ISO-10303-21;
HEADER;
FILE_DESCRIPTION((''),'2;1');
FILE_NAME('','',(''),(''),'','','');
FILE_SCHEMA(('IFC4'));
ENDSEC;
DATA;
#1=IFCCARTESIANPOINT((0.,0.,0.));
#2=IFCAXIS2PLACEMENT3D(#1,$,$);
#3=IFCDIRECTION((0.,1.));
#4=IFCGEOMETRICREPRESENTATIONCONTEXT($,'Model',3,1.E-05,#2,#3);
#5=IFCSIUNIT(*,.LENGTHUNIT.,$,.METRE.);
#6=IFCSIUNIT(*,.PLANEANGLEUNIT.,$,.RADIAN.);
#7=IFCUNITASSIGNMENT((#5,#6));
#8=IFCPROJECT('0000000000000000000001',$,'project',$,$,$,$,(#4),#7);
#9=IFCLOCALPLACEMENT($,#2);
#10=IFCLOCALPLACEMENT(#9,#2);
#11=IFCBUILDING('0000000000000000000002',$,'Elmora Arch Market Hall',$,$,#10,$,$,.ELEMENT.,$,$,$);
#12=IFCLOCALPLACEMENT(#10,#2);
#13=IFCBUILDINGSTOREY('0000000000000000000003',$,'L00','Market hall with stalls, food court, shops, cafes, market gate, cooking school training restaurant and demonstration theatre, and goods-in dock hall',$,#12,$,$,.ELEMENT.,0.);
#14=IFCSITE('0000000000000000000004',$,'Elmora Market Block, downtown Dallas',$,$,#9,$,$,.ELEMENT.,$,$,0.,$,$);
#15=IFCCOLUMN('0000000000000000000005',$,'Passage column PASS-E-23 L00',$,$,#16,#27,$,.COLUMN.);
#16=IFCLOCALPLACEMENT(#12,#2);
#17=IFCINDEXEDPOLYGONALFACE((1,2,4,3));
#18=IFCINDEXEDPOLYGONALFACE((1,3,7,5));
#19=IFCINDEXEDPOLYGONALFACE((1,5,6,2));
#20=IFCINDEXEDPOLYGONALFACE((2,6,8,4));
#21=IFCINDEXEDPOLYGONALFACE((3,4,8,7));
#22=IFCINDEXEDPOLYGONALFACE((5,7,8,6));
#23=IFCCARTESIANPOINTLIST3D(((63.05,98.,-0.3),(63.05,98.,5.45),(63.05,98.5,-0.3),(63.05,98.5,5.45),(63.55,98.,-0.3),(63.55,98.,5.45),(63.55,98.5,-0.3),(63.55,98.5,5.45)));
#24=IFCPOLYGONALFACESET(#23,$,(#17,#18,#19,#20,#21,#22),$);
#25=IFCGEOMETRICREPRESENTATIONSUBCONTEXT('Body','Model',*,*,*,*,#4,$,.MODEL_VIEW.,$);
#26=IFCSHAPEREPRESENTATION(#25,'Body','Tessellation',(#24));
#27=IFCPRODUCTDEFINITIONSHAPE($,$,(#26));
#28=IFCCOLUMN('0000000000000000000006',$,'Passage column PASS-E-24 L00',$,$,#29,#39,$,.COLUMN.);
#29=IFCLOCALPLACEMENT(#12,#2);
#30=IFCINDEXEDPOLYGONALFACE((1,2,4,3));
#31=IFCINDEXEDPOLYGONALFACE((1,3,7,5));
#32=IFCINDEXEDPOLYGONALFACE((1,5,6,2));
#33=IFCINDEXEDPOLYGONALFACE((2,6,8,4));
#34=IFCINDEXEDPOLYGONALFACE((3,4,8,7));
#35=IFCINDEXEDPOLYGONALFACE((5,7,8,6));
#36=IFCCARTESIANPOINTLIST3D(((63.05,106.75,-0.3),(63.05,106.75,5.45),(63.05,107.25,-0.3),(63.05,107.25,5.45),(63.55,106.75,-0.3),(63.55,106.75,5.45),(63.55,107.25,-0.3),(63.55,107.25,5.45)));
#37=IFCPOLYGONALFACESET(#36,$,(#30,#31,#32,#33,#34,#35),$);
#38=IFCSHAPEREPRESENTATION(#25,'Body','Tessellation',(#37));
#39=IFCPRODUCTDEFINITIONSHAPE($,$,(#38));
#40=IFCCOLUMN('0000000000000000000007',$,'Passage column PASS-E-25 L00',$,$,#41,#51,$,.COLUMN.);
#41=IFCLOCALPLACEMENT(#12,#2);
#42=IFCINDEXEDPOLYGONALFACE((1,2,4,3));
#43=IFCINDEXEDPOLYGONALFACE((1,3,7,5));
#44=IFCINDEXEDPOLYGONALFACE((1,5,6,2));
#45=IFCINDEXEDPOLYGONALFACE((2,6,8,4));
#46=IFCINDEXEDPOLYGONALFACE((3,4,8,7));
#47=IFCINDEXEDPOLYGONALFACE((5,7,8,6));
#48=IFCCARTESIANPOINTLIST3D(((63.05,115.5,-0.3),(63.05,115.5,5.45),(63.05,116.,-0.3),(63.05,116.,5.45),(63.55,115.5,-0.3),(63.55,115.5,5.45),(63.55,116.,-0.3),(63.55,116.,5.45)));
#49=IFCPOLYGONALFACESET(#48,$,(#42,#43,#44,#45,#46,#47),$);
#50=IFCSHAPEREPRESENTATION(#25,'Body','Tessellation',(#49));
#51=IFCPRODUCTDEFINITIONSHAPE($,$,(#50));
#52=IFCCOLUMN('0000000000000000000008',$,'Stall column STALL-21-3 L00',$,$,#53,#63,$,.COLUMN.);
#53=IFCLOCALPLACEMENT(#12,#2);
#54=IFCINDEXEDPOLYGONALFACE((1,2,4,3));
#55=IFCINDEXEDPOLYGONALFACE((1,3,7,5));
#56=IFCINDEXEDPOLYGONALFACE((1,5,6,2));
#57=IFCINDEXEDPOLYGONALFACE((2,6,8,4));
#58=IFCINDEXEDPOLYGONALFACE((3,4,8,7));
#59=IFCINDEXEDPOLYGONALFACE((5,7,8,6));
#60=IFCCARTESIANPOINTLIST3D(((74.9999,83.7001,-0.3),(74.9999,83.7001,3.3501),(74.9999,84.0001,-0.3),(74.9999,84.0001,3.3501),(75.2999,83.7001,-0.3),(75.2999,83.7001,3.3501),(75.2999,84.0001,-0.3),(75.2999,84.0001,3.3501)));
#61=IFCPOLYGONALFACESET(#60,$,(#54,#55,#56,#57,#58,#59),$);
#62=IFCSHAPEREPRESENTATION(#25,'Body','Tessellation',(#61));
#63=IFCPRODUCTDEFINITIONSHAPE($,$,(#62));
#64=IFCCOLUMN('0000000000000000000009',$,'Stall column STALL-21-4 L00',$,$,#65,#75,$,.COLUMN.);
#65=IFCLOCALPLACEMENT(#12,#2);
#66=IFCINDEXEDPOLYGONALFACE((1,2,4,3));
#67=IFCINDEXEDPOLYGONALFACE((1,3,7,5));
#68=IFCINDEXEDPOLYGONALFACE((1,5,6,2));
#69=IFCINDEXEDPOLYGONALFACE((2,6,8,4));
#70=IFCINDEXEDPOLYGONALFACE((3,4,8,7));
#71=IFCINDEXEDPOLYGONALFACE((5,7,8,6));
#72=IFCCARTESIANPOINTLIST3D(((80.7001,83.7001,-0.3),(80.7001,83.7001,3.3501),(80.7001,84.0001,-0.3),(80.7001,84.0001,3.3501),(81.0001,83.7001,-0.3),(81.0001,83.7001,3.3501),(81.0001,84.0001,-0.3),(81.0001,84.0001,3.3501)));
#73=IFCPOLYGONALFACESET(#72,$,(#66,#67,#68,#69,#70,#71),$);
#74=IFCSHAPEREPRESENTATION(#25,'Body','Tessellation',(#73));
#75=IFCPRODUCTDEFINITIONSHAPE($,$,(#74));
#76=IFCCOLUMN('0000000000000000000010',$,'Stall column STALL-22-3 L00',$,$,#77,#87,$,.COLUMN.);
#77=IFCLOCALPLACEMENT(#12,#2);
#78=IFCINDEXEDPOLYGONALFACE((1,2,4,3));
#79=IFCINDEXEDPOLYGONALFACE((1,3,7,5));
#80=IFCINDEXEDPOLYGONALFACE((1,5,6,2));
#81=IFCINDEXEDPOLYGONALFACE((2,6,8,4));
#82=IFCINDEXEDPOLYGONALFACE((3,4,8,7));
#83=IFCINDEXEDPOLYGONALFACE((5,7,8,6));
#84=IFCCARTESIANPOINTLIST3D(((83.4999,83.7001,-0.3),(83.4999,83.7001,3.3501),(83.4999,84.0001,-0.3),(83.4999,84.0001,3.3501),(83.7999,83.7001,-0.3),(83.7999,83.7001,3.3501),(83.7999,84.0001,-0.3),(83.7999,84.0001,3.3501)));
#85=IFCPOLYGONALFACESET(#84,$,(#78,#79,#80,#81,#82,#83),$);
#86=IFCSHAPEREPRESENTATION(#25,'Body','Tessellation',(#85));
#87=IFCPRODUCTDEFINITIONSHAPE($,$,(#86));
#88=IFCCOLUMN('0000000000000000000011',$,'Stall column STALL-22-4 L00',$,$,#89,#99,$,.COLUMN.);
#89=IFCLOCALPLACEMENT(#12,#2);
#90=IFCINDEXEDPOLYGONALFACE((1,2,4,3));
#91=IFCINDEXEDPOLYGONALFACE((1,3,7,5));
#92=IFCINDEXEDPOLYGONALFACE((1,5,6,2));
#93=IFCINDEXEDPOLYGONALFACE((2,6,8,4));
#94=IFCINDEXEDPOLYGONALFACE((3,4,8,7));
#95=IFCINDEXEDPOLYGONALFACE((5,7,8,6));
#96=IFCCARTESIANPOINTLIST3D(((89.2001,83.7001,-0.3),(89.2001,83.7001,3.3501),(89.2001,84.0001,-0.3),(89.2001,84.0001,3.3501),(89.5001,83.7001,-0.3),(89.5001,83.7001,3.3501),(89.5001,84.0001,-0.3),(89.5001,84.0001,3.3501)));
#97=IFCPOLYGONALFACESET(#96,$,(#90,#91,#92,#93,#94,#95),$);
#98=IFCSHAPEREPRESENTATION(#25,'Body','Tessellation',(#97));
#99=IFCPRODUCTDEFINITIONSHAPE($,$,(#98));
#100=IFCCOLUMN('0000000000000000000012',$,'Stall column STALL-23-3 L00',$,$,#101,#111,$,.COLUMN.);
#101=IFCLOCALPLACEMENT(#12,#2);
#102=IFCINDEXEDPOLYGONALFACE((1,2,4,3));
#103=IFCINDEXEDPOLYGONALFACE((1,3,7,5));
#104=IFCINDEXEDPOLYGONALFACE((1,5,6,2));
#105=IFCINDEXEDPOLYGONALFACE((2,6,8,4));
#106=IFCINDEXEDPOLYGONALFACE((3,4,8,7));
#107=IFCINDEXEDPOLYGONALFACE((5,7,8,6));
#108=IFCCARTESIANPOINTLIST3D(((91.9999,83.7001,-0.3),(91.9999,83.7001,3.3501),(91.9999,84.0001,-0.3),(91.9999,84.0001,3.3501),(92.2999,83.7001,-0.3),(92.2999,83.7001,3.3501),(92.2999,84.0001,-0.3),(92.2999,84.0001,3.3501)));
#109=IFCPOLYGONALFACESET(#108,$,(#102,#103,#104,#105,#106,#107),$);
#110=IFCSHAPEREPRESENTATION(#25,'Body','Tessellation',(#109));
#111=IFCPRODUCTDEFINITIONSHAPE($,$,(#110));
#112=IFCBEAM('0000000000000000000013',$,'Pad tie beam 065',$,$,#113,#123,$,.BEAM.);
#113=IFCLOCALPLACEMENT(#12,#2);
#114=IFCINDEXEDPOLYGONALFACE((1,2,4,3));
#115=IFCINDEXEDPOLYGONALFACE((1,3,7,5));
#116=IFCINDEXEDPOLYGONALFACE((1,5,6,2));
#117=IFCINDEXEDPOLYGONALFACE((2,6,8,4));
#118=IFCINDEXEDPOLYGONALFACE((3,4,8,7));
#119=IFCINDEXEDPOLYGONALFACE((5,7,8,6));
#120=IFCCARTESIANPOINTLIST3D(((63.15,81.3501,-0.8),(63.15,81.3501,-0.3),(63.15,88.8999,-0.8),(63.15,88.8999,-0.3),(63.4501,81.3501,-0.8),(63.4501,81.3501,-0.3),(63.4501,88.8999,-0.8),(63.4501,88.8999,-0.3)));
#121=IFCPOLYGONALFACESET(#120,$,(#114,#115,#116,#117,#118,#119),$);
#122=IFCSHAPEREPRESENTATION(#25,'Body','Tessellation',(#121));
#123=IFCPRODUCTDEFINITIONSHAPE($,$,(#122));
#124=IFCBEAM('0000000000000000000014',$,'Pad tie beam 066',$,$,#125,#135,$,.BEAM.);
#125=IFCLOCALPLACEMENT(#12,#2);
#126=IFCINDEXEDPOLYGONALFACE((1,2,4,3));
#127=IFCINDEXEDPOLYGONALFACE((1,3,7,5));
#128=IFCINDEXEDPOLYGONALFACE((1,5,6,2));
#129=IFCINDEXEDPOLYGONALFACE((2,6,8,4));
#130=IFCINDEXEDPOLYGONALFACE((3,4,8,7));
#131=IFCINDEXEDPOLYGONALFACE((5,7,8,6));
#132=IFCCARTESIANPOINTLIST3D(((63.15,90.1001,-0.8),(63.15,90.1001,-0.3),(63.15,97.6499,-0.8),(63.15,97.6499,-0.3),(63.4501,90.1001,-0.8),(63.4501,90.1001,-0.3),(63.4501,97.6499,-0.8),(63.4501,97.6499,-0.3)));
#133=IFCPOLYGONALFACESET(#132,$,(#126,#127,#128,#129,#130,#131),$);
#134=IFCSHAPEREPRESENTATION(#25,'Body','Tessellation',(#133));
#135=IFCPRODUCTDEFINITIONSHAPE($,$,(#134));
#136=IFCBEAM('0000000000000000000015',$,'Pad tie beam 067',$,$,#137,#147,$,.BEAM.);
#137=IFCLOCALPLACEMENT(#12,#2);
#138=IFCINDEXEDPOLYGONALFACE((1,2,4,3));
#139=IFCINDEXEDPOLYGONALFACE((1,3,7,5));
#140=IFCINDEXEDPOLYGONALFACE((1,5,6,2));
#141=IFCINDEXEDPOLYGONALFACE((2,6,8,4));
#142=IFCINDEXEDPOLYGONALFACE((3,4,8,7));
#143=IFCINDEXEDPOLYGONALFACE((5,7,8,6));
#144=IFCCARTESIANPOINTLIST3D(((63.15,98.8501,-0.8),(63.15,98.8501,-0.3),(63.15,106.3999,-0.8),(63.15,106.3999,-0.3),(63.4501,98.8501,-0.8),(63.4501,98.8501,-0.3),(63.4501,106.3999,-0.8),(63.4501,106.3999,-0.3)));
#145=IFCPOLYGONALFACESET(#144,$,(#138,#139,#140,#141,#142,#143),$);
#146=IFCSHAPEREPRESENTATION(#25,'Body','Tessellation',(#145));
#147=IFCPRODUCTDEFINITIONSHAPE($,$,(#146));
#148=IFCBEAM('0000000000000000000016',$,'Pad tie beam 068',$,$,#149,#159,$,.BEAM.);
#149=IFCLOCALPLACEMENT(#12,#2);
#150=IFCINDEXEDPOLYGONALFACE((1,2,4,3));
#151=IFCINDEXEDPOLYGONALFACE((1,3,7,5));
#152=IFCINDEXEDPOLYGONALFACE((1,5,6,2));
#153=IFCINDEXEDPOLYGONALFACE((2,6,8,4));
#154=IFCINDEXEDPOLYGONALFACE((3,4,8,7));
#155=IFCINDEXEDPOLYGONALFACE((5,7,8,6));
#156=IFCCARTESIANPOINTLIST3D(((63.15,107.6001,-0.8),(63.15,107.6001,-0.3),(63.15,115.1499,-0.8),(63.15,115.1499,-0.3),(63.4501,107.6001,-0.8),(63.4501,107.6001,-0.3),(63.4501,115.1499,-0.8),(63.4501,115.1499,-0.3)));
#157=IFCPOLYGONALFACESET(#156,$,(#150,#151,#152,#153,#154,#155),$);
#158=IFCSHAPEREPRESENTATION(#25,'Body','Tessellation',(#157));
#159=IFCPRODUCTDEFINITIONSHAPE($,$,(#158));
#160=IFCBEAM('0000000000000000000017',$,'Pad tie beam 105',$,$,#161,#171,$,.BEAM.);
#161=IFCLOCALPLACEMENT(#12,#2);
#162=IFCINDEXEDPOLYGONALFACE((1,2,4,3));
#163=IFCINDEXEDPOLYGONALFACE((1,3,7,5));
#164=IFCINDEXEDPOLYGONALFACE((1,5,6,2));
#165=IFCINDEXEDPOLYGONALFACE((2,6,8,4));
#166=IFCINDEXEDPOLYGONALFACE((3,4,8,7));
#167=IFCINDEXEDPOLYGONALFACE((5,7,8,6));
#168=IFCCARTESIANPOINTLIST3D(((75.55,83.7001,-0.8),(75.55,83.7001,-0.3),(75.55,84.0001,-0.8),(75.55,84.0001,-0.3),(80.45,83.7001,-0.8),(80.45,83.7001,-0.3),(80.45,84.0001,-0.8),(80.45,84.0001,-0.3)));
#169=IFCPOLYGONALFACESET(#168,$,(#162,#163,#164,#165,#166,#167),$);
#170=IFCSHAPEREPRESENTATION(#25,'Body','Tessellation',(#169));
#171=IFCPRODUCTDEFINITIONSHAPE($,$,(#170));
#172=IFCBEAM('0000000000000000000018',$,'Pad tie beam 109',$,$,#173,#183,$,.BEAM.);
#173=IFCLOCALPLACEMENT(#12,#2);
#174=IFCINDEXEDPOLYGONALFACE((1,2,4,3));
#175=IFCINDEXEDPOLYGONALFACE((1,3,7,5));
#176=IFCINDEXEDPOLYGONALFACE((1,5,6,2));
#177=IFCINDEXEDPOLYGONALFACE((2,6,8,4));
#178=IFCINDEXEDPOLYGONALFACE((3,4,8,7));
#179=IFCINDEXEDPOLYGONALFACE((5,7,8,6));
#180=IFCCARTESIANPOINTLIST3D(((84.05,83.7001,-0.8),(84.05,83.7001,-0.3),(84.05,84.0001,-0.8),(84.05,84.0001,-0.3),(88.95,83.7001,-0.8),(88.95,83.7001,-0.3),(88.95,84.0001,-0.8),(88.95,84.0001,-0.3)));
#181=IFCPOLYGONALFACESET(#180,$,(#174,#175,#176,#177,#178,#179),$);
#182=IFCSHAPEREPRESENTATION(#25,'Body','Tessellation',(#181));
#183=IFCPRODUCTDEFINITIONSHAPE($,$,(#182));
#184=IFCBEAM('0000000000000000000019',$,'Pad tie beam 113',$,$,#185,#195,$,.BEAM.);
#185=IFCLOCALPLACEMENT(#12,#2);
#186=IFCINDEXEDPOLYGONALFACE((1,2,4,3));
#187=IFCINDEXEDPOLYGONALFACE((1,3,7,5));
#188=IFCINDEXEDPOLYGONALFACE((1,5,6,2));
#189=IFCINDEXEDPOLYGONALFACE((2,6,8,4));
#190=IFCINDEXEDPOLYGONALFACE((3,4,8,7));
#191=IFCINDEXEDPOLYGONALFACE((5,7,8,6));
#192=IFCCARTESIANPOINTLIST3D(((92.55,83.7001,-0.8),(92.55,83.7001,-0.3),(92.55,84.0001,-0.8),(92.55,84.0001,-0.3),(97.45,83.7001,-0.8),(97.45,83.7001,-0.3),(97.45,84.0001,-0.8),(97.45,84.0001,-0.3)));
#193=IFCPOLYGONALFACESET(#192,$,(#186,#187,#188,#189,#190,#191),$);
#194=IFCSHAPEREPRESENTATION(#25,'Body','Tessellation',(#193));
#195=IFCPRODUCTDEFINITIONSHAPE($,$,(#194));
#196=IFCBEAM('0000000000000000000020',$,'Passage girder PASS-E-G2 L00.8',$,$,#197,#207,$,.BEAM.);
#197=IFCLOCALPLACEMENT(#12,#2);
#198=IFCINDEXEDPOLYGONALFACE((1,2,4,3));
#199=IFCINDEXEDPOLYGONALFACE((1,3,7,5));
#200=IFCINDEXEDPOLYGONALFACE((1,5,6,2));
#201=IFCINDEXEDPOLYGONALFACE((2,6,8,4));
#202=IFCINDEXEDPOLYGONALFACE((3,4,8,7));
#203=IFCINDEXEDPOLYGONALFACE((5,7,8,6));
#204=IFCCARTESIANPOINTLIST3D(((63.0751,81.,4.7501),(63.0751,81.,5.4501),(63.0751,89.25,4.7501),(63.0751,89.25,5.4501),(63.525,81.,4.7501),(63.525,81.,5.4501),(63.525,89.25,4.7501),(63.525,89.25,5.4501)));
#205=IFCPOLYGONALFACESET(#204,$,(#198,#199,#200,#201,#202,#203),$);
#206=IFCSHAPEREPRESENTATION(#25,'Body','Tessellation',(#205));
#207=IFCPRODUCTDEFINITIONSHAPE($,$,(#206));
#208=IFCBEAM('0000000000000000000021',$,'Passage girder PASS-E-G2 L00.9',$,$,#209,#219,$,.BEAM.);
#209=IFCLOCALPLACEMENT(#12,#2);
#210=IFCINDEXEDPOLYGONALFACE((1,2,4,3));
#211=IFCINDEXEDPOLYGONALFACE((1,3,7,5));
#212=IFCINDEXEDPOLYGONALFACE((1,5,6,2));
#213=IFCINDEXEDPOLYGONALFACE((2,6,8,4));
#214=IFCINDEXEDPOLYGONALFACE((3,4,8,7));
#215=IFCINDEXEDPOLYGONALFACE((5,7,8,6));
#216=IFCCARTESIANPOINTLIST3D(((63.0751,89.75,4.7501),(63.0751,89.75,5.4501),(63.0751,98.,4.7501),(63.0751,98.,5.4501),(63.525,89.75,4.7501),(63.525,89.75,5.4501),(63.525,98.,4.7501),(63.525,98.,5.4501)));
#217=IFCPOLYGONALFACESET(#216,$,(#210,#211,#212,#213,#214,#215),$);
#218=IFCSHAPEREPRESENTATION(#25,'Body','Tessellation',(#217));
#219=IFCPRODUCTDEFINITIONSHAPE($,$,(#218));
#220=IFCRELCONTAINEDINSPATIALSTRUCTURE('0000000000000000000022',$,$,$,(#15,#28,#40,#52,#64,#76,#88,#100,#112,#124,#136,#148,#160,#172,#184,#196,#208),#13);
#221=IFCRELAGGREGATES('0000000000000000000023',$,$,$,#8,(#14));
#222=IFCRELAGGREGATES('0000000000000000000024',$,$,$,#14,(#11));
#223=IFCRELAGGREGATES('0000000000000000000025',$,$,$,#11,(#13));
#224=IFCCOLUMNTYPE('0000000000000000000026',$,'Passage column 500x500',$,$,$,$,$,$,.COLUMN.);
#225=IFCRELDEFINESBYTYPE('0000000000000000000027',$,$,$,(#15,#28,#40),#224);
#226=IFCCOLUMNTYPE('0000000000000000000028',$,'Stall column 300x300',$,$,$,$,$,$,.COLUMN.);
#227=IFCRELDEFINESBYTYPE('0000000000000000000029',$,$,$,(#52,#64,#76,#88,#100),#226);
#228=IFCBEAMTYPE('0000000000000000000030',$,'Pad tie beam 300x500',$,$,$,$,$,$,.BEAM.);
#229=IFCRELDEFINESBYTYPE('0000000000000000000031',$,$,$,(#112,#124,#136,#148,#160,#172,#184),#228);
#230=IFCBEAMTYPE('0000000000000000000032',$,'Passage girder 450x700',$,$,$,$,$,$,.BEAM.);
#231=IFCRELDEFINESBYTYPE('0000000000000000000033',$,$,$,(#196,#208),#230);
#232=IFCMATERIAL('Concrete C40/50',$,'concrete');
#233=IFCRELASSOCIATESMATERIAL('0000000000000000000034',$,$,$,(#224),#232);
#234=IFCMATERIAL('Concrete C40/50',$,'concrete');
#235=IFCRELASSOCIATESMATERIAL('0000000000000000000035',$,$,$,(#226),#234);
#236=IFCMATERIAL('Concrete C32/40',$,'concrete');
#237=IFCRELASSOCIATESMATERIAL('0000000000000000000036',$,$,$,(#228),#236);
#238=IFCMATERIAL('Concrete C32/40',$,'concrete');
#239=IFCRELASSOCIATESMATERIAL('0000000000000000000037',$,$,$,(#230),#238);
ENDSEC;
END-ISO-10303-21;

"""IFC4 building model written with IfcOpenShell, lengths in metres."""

from ifc_helpers import new_model, si_unit, direction, frame, origin, origin_2d, place, context, subcontext, project, spatial, rectangle, extrude, material, material_profile, profile_set, type_object, element, save


model = new_model("IFC4")

# Units and contexts
model_context = context("Model", 3, precision=1e-05, world=origin(), true_north=direction((0.0, 1.0)))
body_context = subcontext(model_context, "Body", "Model", "MODEL_VIEW")
ifc_project = project(units=[si_unit("LENGTHUNIT", "METRE"), si_unit("PLANEANGLEUNIT", "RADIAN")], contexts=[model_context])

# Site, building, storey
site_placement = place(None, origin())
site = spatial("IfcSite", under=ifc_project, at=site_placement, Name="Elmora Market Block, downtown Dallas", CompositionType="ELEMENT", RefElevation=0.0)
building_placement = place(site_placement, origin())
building = spatial("IfcBuilding", under=site, at=building_placement, Name="Elmora Arch Market Hall", CompositionType="ELEMENT")
storey_placement = place(building_placement, origin())
storey = spatial("IfcBuildingStorey", under=building, at=storey_placement, Name="L00", Description="Market hall with stalls, food court, shops, cafes, market gate, cooking school training restaurant and demonstration theatre, and goods-in dock hall", CompositionType="ELEMENT", Elevation=0.0)

# Columns
ifc_material_1 = material(Name="Concrete C40/50", Category="concrete")
ifc_material_profile_1 = material_profile(ifc_material_1, rectangle(XDim=0.5, YDim=0.5, at=origin_2d()), Name="Passage column 500x500")
ifc_profile_set_1 = profile_set([ifc_material_profile_1], Name="Concrete C40/50")
column_type_1 = type_object("IfcColumnType", Name="Passage column 500x500", PredefinedType="COLUMN", material=ifc_profile_set_1)
for number, where, z_axis, x_axis, name in (
    (1, (63.3, 98.25, -0.3), (0.0, 0.0, 1.0), (1.0, 0.0, 0.0), "Passage column PASS-E-23 L00"),
    (2, (63.3, 107.0, -0.3), (0.0, 0.0, 1.0), (1.0, 0.0, 0.0), "Passage column PASS-E-24 L00"),
    (3, (63.3, 115.75, -0.3), (0.0, 0.0, 1.0), (1.0, 0.0, 0.0), "Passage column PASS-E-25 L00"),
):
    element("IfcColumn", number, at=place(storey_placement, frame(where, z_axis=z_axis, x_axis=x_axis)), inside=storey, type_object=column_type_1, Name=name, PredefinedType="COLUMN", context=body_context, shape_type="SweptSolid", body=[
        extrude(rectangle(XDim=0.5, YDim=0.5, at=origin_2d()), origin(), (0.0, 0.0, 1.0), 5.75),
    ])
ifc_material_2 = material(Name="Concrete C40/50", Category="concrete")
ifc_material_profile_2 = material_profile(ifc_material_2, rectangle(XDim=0.3, YDim=0.3, at=origin_2d()), Name="Stall column 300x300")
ifc_profile_set_2 = profile_set([ifc_material_profile_2], Name="Concrete C40/50")
column_type_2 = type_object("IfcColumnType", Name="Stall column 300x300", PredefinedType="COLUMN", material=ifc_profile_set_2)
for number, where, z_axis, x_axis, name in (
    (4, (75.1499, 83.8501, -0.3), (0.0, 0.0, 1.0), (1.0, 0.0, 0.0), "Stall column STALL-21-3 L00"),
    (5, (80.8501, 83.8501, -0.3), (0.0, 0.0, 1.0), (1.0, 0.0, 0.0), "Stall column STALL-21-4 L00"),
    (6, (83.6499, 83.8501, -0.3), (0.0, 0.0, 1.0), (1.0, 0.0, 0.0), "Stall column STALL-22-3 L00"),
    (7, (89.3501, 83.8501, -0.3), (0.0, 0.0, 1.0), (1.0, 0.0, 0.0), "Stall column STALL-22-4 L00"),
    (8, (92.1499, 83.8501, -0.3), (0.0, 0.0, 1.0), (1.0, 0.0, 0.0), "Stall column STALL-23-3 L00"),
):
    element("IfcColumn", number, at=place(storey_placement, frame(where, z_axis=z_axis, x_axis=x_axis)), inside=storey, type_object=column_type_2, Name=name, PredefinedType="COLUMN", context=body_context, shape_type="SweptSolid", body=[
        extrude(rectangle(XDim=0.3, YDim=0.3, at=origin_2d()), origin(), (0.0, 0.0, 1.0), 3.6501),
    ])

# Beams
ifc_material_3 = material(Name="Concrete C32/40", Category="concrete")
ifc_material_profile_3 = material_profile(ifc_material_3, rectangle(XDim=0.3, YDim=0.5, at=origin_2d()), Name="Pad tie beam 300x500")
ifc_profile_set_3 = profile_set([ifc_material_profile_3], Name="Concrete C32/40")
beam_type_1 = type_object("IfcBeamType", Name="Pad tie beam 300x500", PredefinedType="BEAM", material=ifc_profile_set_3)
for number, where, z_axis, x_axis, name in (
    (9, (63.3, 81.3501, -0.55), (0.0, 1.0, 0.0), (-1.0, 0.0, 0.0), "Pad tie beam 065"),
    (10, (63.3, 90.1001, -0.55), (0.0, 1.0, 0.0), (-1.0, 0.0, 0.0), "Pad tie beam 066"),
    (11, (63.3, 98.8501, -0.55), (0.0, 1.0, 0.0), (-1.0, 0.0, 0.0), "Pad tie beam 067"),
    (12, (63.3, 107.6001, -0.55), (0.0, 1.0, 0.0), (-1.0, 0.0, 0.0), "Pad tie beam 068"),
):
    element("IfcBeam", number, at=place(storey_placement, frame(where, z_axis=z_axis, x_axis=x_axis)), inside=storey, type_object=beam_type_1, Name=name, PredefinedType="BEAM", context=body_context, shape_type="SweptSolid", body=[
        extrude(rectangle(XDim=0.3, YDim=0.5, at=origin_2d()), origin(), (0.0, 0.0, 1.0), 7.5498),
    ])
for number, where, z_axis, x_axis, name in (
    (13, (75.55, 83.8501, -0.55), (1.0, 0.0, 0.0), (0.0, 1.0, 0.0), "Pad tie beam 105"),
    (14, (84.05, 83.8501, -0.55), (1.0, 0.0, 0.0), (0.0, 1.0, 0.0), "Pad tie beam 109"),
    (15, (92.55, 83.8501, -0.55), (1.0, 0.0, 0.0), (0.0, 1.0, 0.0), "Pad tie beam 113"),
):
    element("IfcBeam", number, at=place(storey_placement, frame(where, z_axis=z_axis, x_axis=x_axis)), inside=storey, type_object=beam_type_1, Name=name, PredefinedType="BEAM", context=body_context, shape_type="SweptSolid", body=[
        extrude(rectangle(XDim=0.3, YDim=0.5, at=origin_2d()), origin(), (0.0, 0.0, 1.0), 4.8999),
    ])
ifc_material_4 = material(Name="Concrete C32/40", Category="concrete")
ifc_material_profile_4 = material_profile(ifc_material_4, rectangle(XDim=0.45, YDim=0.7, at=origin_2d()), Name="Passage girder 450x700")
ifc_profile_set_4 = profile_set([ifc_material_profile_4], Name="Concrete C32/40")
beam_type_2 = type_object("IfcBeamType", Name="Passage girder 450x700", PredefinedType="BEAM", material=ifc_profile_set_4)
for number, where, z_axis, x_axis, name in (
    (16, (63.3, 81.0, 5.1001), (0.0, 1.0, 0.0), (-1.0, 0.0, 0.0), "Passage girder PASS-E-G2 L00.8"),
    (17, (63.3, 89.75, 5.1001), (0.0, 1.0, 0.0), (-1.0, 0.0, 0.0), "Passage girder PASS-E-G2 L00.9"),
):
    element("IfcBeam", number, at=place(storey_placement, frame(where, z_axis=z_axis, x_axis=x_axis)), inside=storey, type_object=beam_type_2, Name=name, PredefinedType="BEAM", context=body_context, shape_type="SweptSolid", body=[
        extrude(rectangle(XDim=0.45, YDim=0.7, at=origin_2d()), origin(), (0.0, 0.0, 1.0), 8.25),
    ])

save(model, "model.ifc")
